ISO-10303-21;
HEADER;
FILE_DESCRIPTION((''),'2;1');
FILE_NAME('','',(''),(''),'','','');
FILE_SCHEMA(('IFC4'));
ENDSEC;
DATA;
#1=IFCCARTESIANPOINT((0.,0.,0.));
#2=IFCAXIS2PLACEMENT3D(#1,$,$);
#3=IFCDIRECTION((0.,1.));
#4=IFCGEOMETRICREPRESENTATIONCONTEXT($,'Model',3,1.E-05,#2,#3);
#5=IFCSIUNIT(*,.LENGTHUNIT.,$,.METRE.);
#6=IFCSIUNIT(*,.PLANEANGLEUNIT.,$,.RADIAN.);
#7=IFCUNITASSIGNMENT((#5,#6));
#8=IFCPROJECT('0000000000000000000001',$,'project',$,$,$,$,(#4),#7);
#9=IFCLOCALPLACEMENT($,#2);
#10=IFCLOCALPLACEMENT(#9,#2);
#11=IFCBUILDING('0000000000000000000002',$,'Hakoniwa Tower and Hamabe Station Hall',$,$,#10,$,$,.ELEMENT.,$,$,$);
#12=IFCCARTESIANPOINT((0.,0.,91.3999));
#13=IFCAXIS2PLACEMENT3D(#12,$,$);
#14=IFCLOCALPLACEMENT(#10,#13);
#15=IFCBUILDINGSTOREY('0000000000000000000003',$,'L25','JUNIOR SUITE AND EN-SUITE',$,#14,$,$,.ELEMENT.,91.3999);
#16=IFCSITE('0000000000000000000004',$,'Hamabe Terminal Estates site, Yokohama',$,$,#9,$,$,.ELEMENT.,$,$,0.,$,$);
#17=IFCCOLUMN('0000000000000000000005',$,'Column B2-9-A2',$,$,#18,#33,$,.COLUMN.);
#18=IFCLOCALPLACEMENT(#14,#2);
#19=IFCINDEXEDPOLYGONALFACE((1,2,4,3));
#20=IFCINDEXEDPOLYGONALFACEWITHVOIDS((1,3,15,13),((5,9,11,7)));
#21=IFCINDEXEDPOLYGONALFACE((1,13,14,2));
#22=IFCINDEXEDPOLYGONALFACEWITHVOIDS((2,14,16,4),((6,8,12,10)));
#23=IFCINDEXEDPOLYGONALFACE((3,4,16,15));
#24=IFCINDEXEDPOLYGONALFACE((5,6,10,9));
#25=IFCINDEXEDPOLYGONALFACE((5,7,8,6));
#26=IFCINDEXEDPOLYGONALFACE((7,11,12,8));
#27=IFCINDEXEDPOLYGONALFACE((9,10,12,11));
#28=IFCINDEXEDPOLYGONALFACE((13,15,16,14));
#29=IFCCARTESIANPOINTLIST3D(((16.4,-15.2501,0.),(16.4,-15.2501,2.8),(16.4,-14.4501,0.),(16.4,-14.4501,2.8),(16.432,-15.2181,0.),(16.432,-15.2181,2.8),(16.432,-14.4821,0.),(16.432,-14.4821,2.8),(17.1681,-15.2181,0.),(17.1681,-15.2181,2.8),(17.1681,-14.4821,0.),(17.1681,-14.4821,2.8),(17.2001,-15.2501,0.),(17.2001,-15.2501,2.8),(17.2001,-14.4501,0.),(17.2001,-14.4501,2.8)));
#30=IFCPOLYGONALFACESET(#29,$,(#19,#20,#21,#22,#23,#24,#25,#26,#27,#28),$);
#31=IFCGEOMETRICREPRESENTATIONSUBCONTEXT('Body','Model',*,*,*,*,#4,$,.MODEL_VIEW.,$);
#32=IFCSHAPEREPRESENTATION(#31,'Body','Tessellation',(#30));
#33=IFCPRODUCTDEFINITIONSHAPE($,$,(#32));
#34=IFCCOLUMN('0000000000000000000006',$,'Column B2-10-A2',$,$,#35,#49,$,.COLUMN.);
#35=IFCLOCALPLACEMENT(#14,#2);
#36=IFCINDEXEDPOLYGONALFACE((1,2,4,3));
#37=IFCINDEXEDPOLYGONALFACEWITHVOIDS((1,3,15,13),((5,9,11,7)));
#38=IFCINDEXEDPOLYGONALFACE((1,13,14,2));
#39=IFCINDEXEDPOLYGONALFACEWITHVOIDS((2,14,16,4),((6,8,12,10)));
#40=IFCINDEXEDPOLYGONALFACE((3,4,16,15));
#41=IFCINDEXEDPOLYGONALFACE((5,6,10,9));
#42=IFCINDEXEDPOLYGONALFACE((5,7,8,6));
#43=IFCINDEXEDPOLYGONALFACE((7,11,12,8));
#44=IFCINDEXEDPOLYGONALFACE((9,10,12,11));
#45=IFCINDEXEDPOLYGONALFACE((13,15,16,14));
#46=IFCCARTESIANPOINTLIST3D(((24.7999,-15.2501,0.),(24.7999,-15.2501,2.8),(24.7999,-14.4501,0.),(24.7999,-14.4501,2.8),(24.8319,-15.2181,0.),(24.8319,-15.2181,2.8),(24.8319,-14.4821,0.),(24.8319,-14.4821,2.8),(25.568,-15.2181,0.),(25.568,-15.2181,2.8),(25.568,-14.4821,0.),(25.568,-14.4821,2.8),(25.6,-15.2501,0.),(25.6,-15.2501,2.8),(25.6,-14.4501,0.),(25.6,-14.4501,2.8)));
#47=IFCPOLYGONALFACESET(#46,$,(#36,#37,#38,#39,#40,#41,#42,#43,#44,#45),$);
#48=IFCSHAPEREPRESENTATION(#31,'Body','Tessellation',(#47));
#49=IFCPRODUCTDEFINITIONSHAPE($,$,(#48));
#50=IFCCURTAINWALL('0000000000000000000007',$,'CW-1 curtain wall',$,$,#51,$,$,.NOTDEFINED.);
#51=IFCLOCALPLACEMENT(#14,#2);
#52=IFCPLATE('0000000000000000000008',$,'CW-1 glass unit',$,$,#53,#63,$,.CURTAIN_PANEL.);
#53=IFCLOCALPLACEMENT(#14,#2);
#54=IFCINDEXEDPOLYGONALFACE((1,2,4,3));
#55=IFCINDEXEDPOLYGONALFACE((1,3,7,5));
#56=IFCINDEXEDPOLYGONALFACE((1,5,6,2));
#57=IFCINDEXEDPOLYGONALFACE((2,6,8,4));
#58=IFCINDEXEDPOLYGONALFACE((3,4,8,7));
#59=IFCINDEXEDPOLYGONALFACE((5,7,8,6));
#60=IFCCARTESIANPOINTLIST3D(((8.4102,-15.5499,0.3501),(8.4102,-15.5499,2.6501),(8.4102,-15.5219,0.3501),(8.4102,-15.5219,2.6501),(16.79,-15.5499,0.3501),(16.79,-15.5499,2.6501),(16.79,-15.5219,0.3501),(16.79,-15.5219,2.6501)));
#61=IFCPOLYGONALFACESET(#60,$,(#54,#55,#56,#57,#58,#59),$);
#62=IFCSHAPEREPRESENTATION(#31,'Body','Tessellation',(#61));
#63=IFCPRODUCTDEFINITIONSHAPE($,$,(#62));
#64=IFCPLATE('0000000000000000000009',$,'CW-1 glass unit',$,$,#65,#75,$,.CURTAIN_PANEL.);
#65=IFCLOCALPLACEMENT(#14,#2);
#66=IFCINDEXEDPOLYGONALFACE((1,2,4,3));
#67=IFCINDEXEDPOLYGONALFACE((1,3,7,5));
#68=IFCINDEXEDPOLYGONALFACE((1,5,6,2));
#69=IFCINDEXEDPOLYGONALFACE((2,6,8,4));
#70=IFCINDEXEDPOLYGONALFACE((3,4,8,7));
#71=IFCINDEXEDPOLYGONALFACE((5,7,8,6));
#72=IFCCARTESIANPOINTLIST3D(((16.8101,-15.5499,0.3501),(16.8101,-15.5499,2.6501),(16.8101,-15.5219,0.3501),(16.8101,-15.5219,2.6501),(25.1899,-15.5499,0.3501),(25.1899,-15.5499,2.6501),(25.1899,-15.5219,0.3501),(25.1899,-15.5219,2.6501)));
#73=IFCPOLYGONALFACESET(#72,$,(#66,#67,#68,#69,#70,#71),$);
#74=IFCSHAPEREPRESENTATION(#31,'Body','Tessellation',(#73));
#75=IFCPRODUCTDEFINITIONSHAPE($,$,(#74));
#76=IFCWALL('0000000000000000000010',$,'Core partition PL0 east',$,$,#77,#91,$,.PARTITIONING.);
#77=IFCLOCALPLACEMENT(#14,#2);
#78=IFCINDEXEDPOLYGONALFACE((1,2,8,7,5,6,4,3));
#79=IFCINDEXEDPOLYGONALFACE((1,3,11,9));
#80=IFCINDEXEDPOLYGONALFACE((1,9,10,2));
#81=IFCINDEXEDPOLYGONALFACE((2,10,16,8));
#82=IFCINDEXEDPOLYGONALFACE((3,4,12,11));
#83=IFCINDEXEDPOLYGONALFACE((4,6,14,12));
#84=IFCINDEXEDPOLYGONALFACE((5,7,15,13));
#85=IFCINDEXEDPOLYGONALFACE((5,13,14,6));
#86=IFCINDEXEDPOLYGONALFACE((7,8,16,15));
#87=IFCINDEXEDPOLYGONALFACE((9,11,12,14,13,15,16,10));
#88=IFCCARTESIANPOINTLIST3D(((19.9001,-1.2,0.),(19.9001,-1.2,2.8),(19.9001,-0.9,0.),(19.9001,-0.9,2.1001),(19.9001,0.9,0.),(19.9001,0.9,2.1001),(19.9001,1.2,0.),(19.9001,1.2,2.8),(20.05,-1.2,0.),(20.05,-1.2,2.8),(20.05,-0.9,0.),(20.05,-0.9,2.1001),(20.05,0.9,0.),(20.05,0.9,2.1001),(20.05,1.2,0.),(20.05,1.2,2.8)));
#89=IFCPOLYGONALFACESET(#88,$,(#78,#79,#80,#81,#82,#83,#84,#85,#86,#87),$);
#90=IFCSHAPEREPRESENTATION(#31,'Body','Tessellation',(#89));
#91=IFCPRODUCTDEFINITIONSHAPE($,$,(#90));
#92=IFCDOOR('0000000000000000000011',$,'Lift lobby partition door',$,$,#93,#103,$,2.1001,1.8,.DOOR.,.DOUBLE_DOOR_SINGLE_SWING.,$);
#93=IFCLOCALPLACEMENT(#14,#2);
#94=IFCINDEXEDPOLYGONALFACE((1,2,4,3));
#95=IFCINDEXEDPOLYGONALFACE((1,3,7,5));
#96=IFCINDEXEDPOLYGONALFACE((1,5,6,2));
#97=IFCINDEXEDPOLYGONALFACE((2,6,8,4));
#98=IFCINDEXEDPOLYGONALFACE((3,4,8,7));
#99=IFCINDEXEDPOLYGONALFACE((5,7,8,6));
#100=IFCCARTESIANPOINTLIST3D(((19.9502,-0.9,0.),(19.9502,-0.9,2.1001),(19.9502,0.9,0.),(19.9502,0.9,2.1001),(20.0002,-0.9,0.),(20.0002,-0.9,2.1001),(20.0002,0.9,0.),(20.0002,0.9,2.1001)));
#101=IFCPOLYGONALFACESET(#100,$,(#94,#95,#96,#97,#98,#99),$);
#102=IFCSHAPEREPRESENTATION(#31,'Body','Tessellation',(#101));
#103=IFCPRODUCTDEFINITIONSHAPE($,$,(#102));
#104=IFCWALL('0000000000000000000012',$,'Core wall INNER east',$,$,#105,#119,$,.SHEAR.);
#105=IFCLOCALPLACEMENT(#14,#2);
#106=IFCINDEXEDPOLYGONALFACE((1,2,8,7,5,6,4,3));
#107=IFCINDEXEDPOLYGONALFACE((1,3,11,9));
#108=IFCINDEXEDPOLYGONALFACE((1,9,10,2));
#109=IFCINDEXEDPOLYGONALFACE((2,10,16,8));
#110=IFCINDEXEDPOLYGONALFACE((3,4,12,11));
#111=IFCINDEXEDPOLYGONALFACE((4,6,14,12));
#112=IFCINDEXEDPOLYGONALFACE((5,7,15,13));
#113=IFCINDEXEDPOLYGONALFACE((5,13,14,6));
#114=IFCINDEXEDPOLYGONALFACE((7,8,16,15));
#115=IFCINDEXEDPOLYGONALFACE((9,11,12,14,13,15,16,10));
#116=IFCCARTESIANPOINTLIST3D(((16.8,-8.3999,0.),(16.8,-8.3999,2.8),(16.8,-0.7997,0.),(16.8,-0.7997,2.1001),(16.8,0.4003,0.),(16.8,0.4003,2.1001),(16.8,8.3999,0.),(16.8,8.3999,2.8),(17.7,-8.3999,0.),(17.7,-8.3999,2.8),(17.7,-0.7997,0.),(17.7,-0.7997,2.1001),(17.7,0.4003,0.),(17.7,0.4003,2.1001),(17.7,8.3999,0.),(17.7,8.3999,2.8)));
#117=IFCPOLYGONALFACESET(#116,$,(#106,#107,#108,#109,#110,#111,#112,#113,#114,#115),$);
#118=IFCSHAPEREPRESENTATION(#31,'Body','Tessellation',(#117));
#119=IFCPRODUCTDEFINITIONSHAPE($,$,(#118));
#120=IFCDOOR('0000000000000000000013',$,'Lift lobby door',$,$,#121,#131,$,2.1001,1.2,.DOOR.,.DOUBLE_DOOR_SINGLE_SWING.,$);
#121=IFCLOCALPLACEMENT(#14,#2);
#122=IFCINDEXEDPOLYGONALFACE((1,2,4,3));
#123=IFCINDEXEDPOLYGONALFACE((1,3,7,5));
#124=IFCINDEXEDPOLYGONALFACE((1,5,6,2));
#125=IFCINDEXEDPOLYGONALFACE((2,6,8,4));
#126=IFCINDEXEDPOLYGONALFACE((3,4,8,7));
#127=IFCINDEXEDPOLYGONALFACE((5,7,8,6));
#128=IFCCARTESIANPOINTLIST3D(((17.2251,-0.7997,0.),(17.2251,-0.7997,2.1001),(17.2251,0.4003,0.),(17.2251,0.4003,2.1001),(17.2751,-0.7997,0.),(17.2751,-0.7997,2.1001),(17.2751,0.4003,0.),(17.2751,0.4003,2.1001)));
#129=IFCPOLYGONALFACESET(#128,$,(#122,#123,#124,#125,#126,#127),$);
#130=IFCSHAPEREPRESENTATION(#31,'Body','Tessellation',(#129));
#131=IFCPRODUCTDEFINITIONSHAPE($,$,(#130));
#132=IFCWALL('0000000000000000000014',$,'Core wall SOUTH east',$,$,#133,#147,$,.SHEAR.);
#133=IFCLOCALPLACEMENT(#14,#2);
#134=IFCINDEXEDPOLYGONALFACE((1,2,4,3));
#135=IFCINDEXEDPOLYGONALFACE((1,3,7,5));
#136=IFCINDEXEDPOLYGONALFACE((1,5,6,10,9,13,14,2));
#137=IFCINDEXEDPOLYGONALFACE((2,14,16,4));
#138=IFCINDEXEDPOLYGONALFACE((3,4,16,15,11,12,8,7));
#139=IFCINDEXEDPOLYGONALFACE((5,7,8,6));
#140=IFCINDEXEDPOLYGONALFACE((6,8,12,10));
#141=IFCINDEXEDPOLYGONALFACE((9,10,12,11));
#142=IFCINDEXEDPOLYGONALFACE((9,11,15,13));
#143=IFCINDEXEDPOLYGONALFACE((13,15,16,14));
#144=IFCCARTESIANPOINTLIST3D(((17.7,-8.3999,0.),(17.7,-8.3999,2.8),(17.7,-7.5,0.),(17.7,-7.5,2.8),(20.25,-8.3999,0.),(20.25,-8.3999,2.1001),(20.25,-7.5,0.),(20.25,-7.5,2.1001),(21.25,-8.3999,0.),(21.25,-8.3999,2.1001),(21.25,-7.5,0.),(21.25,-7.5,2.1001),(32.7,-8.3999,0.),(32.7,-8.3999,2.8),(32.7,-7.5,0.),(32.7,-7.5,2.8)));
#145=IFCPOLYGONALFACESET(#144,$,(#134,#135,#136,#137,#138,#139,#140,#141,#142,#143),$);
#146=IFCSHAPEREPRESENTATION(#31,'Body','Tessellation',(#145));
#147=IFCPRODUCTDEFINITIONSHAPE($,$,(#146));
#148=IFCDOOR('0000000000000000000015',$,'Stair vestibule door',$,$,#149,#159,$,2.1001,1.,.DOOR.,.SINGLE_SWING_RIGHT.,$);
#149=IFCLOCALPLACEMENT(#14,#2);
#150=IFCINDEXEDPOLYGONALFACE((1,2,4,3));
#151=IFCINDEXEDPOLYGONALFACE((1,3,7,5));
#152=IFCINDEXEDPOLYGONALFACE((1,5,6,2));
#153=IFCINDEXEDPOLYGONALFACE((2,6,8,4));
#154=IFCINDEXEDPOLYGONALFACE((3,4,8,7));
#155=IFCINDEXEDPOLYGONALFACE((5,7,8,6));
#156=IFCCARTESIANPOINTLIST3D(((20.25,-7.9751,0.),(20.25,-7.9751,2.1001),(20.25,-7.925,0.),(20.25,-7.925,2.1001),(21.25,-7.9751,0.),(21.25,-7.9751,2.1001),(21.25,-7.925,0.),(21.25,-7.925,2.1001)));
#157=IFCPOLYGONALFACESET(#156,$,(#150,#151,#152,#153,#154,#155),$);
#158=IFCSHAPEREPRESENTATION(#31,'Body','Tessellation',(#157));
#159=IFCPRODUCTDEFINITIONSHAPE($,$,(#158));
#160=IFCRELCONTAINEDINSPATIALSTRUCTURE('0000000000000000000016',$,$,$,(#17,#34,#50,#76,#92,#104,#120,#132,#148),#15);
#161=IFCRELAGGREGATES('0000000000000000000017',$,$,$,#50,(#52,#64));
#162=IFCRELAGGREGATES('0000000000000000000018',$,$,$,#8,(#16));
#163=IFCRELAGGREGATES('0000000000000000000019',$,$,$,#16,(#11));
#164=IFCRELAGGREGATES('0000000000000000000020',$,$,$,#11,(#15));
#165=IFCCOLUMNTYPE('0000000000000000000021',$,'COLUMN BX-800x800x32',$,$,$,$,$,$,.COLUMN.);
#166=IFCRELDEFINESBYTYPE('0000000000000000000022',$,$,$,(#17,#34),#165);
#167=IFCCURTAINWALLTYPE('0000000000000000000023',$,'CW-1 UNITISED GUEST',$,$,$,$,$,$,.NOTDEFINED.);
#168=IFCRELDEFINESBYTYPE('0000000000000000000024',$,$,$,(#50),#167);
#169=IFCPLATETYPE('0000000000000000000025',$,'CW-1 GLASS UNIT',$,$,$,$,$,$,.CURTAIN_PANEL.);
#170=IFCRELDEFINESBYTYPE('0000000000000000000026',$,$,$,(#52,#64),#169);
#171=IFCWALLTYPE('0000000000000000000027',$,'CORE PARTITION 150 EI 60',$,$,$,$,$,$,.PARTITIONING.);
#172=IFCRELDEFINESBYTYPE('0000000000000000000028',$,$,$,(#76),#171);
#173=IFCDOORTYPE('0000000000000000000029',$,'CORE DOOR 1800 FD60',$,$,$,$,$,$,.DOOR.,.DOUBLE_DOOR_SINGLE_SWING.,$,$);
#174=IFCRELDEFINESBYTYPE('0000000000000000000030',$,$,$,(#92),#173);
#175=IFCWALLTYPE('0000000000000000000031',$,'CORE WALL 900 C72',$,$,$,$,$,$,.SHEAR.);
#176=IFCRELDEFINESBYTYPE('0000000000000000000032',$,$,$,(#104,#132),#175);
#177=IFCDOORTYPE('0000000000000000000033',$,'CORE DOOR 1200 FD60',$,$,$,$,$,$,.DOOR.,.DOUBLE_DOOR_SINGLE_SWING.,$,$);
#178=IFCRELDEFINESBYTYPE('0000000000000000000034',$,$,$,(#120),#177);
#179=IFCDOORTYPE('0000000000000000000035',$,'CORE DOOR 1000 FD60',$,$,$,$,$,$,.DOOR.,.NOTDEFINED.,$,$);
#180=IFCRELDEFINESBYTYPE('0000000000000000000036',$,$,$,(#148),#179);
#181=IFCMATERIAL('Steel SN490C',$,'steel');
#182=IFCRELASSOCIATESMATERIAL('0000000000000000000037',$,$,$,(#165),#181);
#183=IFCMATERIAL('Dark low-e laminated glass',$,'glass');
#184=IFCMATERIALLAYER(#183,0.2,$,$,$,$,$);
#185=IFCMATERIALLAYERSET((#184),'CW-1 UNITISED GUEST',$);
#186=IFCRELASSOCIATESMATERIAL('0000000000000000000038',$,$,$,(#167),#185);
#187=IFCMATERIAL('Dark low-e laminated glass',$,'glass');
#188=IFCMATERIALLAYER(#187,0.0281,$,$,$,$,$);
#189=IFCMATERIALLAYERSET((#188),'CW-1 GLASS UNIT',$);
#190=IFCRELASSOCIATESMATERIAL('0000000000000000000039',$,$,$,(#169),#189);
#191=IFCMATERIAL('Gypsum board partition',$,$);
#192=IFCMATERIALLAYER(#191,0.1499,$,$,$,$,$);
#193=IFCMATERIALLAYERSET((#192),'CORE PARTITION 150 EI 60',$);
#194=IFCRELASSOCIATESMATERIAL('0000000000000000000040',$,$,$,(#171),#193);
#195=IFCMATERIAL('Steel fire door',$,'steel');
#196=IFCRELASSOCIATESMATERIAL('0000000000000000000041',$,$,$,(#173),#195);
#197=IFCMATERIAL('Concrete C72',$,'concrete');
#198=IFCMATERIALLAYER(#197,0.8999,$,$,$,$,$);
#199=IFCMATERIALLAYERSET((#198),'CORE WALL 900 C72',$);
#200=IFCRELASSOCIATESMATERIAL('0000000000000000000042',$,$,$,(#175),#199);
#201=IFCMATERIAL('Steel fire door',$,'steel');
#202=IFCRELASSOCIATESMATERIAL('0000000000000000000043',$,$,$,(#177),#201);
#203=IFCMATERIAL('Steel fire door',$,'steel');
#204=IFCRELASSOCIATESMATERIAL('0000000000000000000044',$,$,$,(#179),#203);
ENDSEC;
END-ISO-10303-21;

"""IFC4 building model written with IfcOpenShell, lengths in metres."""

from ifc_helpers import new_model, si_unit, direction, frame, frame_2d, origin, origin_2d, place, context, subcontext, project, spatial, rectangle, hollow_rectangle, extrude, material, layer, layer_set, material_profile, profile_set, type_object, element, fill, aggregate, save


model = new_model("IFC4")

# Units and contexts
model_context = context("Model", 3, precision=1e-05, world=origin(), true_north=direction((0.0, 1.0)))
body_context = subcontext(model_context, "Body", "Model", "MODEL_VIEW")
ifc_project = project(units=[si_unit("LENGTHUNIT", "METRE"), si_unit("PLANEANGLEUNIT", "RADIAN")], contexts=[model_context])

# Site, building, storey
site_placement = place(None, origin())
site = spatial("IfcSite", under=ifc_project, at=site_placement, Name="Hamabe Terminal Estates site, Yokohama", CompositionType="ELEMENT", RefElevation=0.0)
building_placement = place(site_placement, origin())
building = spatial("IfcBuilding", under=site, at=building_placement, Name="Hakoniwa Tower and Hamabe Station Hall", CompositionType="ELEMENT")
storey_placement = place(building_placement, frame((0.0, 0.0, 91.3999)))
storey = spatial("IfcBuildingStorey", under=building, at=storey_placement, Name="L25", Description="JUNIOR SUITE AND EN-SUITE", CompositionType="ELEMENT", Elevation=91.3999)

# Columns
ifc_material_1 = material(Name="Steel SN490C", Category="steel")
ifc_material_profile = material_profile(ifc_material_1, hollow_rectangle(XDim=0.8, YDim=0.8, WallThickness=0.032, at=origin_2d()), Name="BX-800x800x32")
ifc_profile_set = profile_set([ifc_material_profile], Name="Steel SN490C")
column_type = type_object("IfcColumnType", Name="COLUMN BX-800x800x32", PredefinedType="COLUMN", material=ifc_profile_set)
for number, where, z_axis, x_axis, name in (
    (1, (16.8, -14.8501, 0.0), (0.0, 0.0, 1.0), (1.0, 0.0, 0.0), "Column B2-9-A2"),
    (2, (25.2, -14.8501, 0.0), (0.0, 0.0, 1.0), (1.0, 0.0, 0.0), "Column B2-10-A2"),
):
    element("IfcColumn", number, at=place(storey_placement, frame(where, z_axis=z_axis, x_axis=x_axis)), inside=storey, type_object=column_type, Name=name, PredefinedType="COLUMN", context=body_context, shape_type="SweptSolid", body=[
        extrude(hollow_rectangle(XDim=0.8, YDim=0.8, WallThickness=0.032, at=origin_2d()), origin(), (0.0, 0.0, 1.0), 2.8),
    ])

# Curtain wall, plates
ifc_material_2 = material(Name="Dark low-e laminated glass", Category="glass")
ifc_layer_1 = layer(ifc_material_2, 0.2)
ifc_layer_set_1 = layer_set([ifc_layer_1], Name="CW-1 UNITISED GUEST")
curtain_wall_type = type_object("IfcCurtainWallType", Name="CW-1 UNITISED GUEST", PredefinedType="NOTDEFINED", material=ifc_layer_set_1)
curtain_wall_placement = place(storey_placement, origin())
curtain_wall = element("IfcCurtainWall", 3, at=curtain_wall_placement, inside=storey, type_object=curtain_wall_type, Name="CW-1 curtain wall", PredefinedType="NOTDEFINED")
ifc_material_3 = material(Name="Dark low-e laminated glass", Category="glass")
ifc_layer_2 = layer(ifc_material_3, 0.0281)
ifc_layer_set_2 = layer_set([ifc_layer_2], Name="CW-1 GLASS UNIT")
plate_type = type_object("IfcPlateType", Name="CW-1 GLASS UNIT", PredefinedType="CURTAIN_PANEL", material=ifc_layer_set_2)
plate_1_placement = place(storey_placement, frame((12.6001, -15.5359, 0.3501), z_axis=(0.0, 0.0, 1.0), x_axis=(1.0, 0.0, 0.0)))
plate_1 = element("IfcPlate", 4, at=plate_1_placement, type_object=plate_type, Name="CW-1 glass unit", PredefinedType="CURTAIN_PANEL", context=body_context, shape_type="SweptSolid", body=[
    extrude(rectangle(XDim=8.3799, YDim=0.0281, at=origin_2d()), origin(), (0.0, 0.0, 1.0), 2.3),
])
plate_2_placement = place(storey_placement, frame((21.0, -15.5359, 0.3501), z_axis=(0.0, 0.0, 1.0), x_axis=(1.0, 0.0, 0.0)))
plate_2 = element("IfcPlate", 5, at=plate_2_placement, type_object=plate_type, Name="CW-1 glass unit", PredefinedType="CURTAIN_PANEL", context=body_context, shape_type="SweptSolid", body=[
    extrude(rectangle(XDim=8.3799, YDim=0.0281, at=origin_2d()), origin(), (0.0, 0.0, 1.0), 2.3),
])
aggregate(curtain_wall, [plate_1, plate_2])

# Walls, openings, doors
ifc_material_4 = material(Name="Gypsum board partition")
ifc_layer_3 = layer(ifc_material_4, 0.1499)
ifc_layer_set_3 = layer_set([ifc_layer_3], Name="CORE PARTITION 150 EI 60")
wall_type_1 = type_object("IfcWallType", Name="CORE PARTITION 150 EI 60", PredefinedType="PARTITIONING", material=ifc_layer_set_3)
wall_1_placement = place(storey_placement, frame((19.9751, -1.2, 0.0), z_axis=(0.0, 0.0, 1.0), x_axis=(0.0, 1.0, 0.0)))
wall_1 = element("IfcWall", 6, at=wall_1_placement, inside=storey, type_object=wall_type_1, Name="Core partition PL0 east", PredefinedType="PARTITIONING", context=body_context, shape_type="SweptSolid", body=[
    extrude(rectangle(XDim=2.3999, YDim=0.1499, at=frame_2d((1.2, 0.0))), origin(), (0.0, 0.0, 1.0), 2.8),
])
opening_1_placement = place(wall_1_placement, frame((0.3, 0.0, 0.0)))
opening_1 = element("IfcOpeningElement", 7, at=opening_1_placement, cuts=wall_1, PredefinedType="OPENING", context=body_context, shape_type="SweptSolid", body=[
    extrude(rectangle(XDim=1.8, YDim=2.1001, at=frame_2d((0.8999, 1.05))), frame((0.0, 0.085, 0.0), z_axis=(0.0, -1.0, 0.0), x_axis=(1.0, 0.0, 0.0)), (0.0, 0.0, 1.0), 0.1699),
])
ifc_material_5 = material(Name="Steel fire door", Category="steel")
door_type_1 = type_object("IfcDoorType", Name="CORE DOOR 1800 FD60", OperationType="DOUBLE_DOOR_SINGLE_SWING", PredefinedType="DOOR", material=ifc_material_5)
door_1_placement = place(opening_1_placement, origin())
door_1 = element("IfcDoor", 8, at=door_1_placement, inside=storey, type_object=door_type_1, Name="Lift lobby partition door", OperationType="DOUBLE_DOOR_SINGLE_SWING", OverallHeight=2.1001, OverallWidth=1.8, PredefinedType="DOOR", context=body_context, shape_type="SweptSolid", body=[
    extrude(rectangle(XDim=1.8, YDim=2.1001, at=frame_2d((0.8999, 1.05))), frame((0.0, 0.0249, 0.0), z_axis=(0.0, -1.0, 0.0), x_axis=(1.0, 0.0, 0.0)), (0.0, 0.0, 1.0), 0.05),
])
fill(opening_1, door_1)
ifc_material_6 = material(Name="Concrete C72", Category="concrete")
ifc_layer_4 = layer(ifc_material_6, 0.8999)
ifc_layer_set_4 = layer_set([ifc_layer_4], Name="CORE WALL 900 C72")
wall_type_2 = type_object("IfcWallType", Name="CORE WALL 900 C72", PredefinedType="SHEAR", material=ifc_layer_set_4)
wall_2_placement = place(storey_placement, frame((17.25, -8.3999, 0.0), z_axis=(0.0, 0.0, 1.0), x_axis=(0.0, 1.0, 0.0)))
wall_2 = element("IfcWall", 9, at=wall_2_placement, inside=storey, type_object=wall_type_2, Name="Core wall INNER east", PredefinedType="SHEAR", context=body_context, shape_type="SweptSolid", body=[
    extrude(rectangle(XDim=16.7998, YDim=0.8999, at=frame_2d((8.3999, 0.0))), origin(), (0.0, 0.0, 1.0), 2.8),
])
opening_2_placement = place(wall_2_placement, frame((7.6001, 0.0, 0.0)))
opening_2 = element("IfcOpeningElement", 10, at=opening_2_placement, cuts=wall_2, PredefinedType="OPENING", context=body_context, shape_type="SweptSolid", body=[
    extrude(rectangle(XDim=1.2, YDim=2.1001, at=frame_2d((0.6001, 1.05))), frame((0.0, 0.46, 0.0), z_axis=(0.0, -1.0, 0.0), x_axis=(1.0, 0.0, 0.0)), (0.0, 0.0, 1.0), 0.9199),
])
ifc_material_7 = material(Name="Steel fire door", Category="steel")
door_type_2 = type_object("IfcDoorType", Name="CORE DOOR 1200 FD60", OperationType="DOUBLE_DOOR_SINGLE_SWING", PredefinedType="DOOR", material=ifc_material_7)
door_2_placement = place(opening_2_placement, origin())
door_2 = element("IfcDoor", 11, at=door_2_placement, inside=storey, type_object=door_type_2, Name="Lift lobby door", OperationType="DOUBLE_DOOR_SINGLE_SWING", OverallHeight=2.1001, OverallWidth=1.2, PredefinedType="DOOR", context=body_context, shape_type="SweptSolid", body=[
    extrude(rectangle(XDim=1.2, YDim=2.1001, at=frame_2d((0.6001, 1.05))), frame((0.0, 0.0249, 0.0), z_axis=(0.0, -1.0, 0.0), x_axis=(1.0, 0.0, 0.0)), (0.0, 0.0, 1.0), 0.05),
])
fill(opening_2, door_2)
wall_3_placement = place(storey_placement, frame((17.7, -7.95, 0.0), z_axis=(0.0, 0.0, 1.0), x_axis=(1.0, 0.0, 0.0)))
wall_3 = element("IfcWall", 12, at=wall_3_placement, inside=storey, type_object=wall_type_2, Name="Core wall SOUTH east", PredefinedType="SHEAR", context=body_context, shape_type="SweptSolid", body=[
    extrude(rectangle(XDim=15.0, YDim=0.8999, at=frame_2d((7.5, 0.0))), origin(), (0.0, 0.0, 1.0), 2.8),
])
opening_3_placement = place(wall_3_placement, frame((2.55, 0.0, 0.0)))
opening_3 = element("IfcOpeningElement", 13, at=opening_3_placement, cuts=wall_3, PredefinedType="OPENING", context=body_context, shape_type="SweptSolid", body=[
    extrude(rectangle(XDim=1.0, YDim=2.1001, at=frame_2d((0.5, 1.05))), frame((0.0, 0.46, 0.0), z_axis=(0.0, -1.0, 0.0), x_axis=(1.0, 0.0, 0.0)), (0.0, 0.0, 1.0), 0.9199),
])
ifc_material_8 = material(Name="Steel fire door", Category="steel")
door_type_3 = type_object("IfcDoorType", Name="CORE DOOR 1000 FD60", OperationType="NOTDEFINED", PredefinedType="DOOR", material=ifc_material_8)
door_3_placement = place(opening_3_placement, origin())
door_3 = element("IfcDoor", 14, at=door_3_placement, inside=storey, type_object=door_type_3, Name="Stair vestibule door", OperationType="SINGLE_SWING_RIGHT", OverallHeight=2.1001, OverallWidth=1.0, PredefinedType="DOOR", context=body_context, shape_type="SweptSolid", body=[
    extrude(rectangle(XDim=1.0, YDim=2.1001, at=frame_2d((0.5, 1.05))), frame((0.0, 0.0249, 0.0), z_axis=(0.0, -1.0, 0.0), x_axis=(1.0, 0.0, 0.0)), (0.0, 0.0, 1.0), 0.05),
])
fill(opening_3, door_3)

save(model, "model.ifc")
